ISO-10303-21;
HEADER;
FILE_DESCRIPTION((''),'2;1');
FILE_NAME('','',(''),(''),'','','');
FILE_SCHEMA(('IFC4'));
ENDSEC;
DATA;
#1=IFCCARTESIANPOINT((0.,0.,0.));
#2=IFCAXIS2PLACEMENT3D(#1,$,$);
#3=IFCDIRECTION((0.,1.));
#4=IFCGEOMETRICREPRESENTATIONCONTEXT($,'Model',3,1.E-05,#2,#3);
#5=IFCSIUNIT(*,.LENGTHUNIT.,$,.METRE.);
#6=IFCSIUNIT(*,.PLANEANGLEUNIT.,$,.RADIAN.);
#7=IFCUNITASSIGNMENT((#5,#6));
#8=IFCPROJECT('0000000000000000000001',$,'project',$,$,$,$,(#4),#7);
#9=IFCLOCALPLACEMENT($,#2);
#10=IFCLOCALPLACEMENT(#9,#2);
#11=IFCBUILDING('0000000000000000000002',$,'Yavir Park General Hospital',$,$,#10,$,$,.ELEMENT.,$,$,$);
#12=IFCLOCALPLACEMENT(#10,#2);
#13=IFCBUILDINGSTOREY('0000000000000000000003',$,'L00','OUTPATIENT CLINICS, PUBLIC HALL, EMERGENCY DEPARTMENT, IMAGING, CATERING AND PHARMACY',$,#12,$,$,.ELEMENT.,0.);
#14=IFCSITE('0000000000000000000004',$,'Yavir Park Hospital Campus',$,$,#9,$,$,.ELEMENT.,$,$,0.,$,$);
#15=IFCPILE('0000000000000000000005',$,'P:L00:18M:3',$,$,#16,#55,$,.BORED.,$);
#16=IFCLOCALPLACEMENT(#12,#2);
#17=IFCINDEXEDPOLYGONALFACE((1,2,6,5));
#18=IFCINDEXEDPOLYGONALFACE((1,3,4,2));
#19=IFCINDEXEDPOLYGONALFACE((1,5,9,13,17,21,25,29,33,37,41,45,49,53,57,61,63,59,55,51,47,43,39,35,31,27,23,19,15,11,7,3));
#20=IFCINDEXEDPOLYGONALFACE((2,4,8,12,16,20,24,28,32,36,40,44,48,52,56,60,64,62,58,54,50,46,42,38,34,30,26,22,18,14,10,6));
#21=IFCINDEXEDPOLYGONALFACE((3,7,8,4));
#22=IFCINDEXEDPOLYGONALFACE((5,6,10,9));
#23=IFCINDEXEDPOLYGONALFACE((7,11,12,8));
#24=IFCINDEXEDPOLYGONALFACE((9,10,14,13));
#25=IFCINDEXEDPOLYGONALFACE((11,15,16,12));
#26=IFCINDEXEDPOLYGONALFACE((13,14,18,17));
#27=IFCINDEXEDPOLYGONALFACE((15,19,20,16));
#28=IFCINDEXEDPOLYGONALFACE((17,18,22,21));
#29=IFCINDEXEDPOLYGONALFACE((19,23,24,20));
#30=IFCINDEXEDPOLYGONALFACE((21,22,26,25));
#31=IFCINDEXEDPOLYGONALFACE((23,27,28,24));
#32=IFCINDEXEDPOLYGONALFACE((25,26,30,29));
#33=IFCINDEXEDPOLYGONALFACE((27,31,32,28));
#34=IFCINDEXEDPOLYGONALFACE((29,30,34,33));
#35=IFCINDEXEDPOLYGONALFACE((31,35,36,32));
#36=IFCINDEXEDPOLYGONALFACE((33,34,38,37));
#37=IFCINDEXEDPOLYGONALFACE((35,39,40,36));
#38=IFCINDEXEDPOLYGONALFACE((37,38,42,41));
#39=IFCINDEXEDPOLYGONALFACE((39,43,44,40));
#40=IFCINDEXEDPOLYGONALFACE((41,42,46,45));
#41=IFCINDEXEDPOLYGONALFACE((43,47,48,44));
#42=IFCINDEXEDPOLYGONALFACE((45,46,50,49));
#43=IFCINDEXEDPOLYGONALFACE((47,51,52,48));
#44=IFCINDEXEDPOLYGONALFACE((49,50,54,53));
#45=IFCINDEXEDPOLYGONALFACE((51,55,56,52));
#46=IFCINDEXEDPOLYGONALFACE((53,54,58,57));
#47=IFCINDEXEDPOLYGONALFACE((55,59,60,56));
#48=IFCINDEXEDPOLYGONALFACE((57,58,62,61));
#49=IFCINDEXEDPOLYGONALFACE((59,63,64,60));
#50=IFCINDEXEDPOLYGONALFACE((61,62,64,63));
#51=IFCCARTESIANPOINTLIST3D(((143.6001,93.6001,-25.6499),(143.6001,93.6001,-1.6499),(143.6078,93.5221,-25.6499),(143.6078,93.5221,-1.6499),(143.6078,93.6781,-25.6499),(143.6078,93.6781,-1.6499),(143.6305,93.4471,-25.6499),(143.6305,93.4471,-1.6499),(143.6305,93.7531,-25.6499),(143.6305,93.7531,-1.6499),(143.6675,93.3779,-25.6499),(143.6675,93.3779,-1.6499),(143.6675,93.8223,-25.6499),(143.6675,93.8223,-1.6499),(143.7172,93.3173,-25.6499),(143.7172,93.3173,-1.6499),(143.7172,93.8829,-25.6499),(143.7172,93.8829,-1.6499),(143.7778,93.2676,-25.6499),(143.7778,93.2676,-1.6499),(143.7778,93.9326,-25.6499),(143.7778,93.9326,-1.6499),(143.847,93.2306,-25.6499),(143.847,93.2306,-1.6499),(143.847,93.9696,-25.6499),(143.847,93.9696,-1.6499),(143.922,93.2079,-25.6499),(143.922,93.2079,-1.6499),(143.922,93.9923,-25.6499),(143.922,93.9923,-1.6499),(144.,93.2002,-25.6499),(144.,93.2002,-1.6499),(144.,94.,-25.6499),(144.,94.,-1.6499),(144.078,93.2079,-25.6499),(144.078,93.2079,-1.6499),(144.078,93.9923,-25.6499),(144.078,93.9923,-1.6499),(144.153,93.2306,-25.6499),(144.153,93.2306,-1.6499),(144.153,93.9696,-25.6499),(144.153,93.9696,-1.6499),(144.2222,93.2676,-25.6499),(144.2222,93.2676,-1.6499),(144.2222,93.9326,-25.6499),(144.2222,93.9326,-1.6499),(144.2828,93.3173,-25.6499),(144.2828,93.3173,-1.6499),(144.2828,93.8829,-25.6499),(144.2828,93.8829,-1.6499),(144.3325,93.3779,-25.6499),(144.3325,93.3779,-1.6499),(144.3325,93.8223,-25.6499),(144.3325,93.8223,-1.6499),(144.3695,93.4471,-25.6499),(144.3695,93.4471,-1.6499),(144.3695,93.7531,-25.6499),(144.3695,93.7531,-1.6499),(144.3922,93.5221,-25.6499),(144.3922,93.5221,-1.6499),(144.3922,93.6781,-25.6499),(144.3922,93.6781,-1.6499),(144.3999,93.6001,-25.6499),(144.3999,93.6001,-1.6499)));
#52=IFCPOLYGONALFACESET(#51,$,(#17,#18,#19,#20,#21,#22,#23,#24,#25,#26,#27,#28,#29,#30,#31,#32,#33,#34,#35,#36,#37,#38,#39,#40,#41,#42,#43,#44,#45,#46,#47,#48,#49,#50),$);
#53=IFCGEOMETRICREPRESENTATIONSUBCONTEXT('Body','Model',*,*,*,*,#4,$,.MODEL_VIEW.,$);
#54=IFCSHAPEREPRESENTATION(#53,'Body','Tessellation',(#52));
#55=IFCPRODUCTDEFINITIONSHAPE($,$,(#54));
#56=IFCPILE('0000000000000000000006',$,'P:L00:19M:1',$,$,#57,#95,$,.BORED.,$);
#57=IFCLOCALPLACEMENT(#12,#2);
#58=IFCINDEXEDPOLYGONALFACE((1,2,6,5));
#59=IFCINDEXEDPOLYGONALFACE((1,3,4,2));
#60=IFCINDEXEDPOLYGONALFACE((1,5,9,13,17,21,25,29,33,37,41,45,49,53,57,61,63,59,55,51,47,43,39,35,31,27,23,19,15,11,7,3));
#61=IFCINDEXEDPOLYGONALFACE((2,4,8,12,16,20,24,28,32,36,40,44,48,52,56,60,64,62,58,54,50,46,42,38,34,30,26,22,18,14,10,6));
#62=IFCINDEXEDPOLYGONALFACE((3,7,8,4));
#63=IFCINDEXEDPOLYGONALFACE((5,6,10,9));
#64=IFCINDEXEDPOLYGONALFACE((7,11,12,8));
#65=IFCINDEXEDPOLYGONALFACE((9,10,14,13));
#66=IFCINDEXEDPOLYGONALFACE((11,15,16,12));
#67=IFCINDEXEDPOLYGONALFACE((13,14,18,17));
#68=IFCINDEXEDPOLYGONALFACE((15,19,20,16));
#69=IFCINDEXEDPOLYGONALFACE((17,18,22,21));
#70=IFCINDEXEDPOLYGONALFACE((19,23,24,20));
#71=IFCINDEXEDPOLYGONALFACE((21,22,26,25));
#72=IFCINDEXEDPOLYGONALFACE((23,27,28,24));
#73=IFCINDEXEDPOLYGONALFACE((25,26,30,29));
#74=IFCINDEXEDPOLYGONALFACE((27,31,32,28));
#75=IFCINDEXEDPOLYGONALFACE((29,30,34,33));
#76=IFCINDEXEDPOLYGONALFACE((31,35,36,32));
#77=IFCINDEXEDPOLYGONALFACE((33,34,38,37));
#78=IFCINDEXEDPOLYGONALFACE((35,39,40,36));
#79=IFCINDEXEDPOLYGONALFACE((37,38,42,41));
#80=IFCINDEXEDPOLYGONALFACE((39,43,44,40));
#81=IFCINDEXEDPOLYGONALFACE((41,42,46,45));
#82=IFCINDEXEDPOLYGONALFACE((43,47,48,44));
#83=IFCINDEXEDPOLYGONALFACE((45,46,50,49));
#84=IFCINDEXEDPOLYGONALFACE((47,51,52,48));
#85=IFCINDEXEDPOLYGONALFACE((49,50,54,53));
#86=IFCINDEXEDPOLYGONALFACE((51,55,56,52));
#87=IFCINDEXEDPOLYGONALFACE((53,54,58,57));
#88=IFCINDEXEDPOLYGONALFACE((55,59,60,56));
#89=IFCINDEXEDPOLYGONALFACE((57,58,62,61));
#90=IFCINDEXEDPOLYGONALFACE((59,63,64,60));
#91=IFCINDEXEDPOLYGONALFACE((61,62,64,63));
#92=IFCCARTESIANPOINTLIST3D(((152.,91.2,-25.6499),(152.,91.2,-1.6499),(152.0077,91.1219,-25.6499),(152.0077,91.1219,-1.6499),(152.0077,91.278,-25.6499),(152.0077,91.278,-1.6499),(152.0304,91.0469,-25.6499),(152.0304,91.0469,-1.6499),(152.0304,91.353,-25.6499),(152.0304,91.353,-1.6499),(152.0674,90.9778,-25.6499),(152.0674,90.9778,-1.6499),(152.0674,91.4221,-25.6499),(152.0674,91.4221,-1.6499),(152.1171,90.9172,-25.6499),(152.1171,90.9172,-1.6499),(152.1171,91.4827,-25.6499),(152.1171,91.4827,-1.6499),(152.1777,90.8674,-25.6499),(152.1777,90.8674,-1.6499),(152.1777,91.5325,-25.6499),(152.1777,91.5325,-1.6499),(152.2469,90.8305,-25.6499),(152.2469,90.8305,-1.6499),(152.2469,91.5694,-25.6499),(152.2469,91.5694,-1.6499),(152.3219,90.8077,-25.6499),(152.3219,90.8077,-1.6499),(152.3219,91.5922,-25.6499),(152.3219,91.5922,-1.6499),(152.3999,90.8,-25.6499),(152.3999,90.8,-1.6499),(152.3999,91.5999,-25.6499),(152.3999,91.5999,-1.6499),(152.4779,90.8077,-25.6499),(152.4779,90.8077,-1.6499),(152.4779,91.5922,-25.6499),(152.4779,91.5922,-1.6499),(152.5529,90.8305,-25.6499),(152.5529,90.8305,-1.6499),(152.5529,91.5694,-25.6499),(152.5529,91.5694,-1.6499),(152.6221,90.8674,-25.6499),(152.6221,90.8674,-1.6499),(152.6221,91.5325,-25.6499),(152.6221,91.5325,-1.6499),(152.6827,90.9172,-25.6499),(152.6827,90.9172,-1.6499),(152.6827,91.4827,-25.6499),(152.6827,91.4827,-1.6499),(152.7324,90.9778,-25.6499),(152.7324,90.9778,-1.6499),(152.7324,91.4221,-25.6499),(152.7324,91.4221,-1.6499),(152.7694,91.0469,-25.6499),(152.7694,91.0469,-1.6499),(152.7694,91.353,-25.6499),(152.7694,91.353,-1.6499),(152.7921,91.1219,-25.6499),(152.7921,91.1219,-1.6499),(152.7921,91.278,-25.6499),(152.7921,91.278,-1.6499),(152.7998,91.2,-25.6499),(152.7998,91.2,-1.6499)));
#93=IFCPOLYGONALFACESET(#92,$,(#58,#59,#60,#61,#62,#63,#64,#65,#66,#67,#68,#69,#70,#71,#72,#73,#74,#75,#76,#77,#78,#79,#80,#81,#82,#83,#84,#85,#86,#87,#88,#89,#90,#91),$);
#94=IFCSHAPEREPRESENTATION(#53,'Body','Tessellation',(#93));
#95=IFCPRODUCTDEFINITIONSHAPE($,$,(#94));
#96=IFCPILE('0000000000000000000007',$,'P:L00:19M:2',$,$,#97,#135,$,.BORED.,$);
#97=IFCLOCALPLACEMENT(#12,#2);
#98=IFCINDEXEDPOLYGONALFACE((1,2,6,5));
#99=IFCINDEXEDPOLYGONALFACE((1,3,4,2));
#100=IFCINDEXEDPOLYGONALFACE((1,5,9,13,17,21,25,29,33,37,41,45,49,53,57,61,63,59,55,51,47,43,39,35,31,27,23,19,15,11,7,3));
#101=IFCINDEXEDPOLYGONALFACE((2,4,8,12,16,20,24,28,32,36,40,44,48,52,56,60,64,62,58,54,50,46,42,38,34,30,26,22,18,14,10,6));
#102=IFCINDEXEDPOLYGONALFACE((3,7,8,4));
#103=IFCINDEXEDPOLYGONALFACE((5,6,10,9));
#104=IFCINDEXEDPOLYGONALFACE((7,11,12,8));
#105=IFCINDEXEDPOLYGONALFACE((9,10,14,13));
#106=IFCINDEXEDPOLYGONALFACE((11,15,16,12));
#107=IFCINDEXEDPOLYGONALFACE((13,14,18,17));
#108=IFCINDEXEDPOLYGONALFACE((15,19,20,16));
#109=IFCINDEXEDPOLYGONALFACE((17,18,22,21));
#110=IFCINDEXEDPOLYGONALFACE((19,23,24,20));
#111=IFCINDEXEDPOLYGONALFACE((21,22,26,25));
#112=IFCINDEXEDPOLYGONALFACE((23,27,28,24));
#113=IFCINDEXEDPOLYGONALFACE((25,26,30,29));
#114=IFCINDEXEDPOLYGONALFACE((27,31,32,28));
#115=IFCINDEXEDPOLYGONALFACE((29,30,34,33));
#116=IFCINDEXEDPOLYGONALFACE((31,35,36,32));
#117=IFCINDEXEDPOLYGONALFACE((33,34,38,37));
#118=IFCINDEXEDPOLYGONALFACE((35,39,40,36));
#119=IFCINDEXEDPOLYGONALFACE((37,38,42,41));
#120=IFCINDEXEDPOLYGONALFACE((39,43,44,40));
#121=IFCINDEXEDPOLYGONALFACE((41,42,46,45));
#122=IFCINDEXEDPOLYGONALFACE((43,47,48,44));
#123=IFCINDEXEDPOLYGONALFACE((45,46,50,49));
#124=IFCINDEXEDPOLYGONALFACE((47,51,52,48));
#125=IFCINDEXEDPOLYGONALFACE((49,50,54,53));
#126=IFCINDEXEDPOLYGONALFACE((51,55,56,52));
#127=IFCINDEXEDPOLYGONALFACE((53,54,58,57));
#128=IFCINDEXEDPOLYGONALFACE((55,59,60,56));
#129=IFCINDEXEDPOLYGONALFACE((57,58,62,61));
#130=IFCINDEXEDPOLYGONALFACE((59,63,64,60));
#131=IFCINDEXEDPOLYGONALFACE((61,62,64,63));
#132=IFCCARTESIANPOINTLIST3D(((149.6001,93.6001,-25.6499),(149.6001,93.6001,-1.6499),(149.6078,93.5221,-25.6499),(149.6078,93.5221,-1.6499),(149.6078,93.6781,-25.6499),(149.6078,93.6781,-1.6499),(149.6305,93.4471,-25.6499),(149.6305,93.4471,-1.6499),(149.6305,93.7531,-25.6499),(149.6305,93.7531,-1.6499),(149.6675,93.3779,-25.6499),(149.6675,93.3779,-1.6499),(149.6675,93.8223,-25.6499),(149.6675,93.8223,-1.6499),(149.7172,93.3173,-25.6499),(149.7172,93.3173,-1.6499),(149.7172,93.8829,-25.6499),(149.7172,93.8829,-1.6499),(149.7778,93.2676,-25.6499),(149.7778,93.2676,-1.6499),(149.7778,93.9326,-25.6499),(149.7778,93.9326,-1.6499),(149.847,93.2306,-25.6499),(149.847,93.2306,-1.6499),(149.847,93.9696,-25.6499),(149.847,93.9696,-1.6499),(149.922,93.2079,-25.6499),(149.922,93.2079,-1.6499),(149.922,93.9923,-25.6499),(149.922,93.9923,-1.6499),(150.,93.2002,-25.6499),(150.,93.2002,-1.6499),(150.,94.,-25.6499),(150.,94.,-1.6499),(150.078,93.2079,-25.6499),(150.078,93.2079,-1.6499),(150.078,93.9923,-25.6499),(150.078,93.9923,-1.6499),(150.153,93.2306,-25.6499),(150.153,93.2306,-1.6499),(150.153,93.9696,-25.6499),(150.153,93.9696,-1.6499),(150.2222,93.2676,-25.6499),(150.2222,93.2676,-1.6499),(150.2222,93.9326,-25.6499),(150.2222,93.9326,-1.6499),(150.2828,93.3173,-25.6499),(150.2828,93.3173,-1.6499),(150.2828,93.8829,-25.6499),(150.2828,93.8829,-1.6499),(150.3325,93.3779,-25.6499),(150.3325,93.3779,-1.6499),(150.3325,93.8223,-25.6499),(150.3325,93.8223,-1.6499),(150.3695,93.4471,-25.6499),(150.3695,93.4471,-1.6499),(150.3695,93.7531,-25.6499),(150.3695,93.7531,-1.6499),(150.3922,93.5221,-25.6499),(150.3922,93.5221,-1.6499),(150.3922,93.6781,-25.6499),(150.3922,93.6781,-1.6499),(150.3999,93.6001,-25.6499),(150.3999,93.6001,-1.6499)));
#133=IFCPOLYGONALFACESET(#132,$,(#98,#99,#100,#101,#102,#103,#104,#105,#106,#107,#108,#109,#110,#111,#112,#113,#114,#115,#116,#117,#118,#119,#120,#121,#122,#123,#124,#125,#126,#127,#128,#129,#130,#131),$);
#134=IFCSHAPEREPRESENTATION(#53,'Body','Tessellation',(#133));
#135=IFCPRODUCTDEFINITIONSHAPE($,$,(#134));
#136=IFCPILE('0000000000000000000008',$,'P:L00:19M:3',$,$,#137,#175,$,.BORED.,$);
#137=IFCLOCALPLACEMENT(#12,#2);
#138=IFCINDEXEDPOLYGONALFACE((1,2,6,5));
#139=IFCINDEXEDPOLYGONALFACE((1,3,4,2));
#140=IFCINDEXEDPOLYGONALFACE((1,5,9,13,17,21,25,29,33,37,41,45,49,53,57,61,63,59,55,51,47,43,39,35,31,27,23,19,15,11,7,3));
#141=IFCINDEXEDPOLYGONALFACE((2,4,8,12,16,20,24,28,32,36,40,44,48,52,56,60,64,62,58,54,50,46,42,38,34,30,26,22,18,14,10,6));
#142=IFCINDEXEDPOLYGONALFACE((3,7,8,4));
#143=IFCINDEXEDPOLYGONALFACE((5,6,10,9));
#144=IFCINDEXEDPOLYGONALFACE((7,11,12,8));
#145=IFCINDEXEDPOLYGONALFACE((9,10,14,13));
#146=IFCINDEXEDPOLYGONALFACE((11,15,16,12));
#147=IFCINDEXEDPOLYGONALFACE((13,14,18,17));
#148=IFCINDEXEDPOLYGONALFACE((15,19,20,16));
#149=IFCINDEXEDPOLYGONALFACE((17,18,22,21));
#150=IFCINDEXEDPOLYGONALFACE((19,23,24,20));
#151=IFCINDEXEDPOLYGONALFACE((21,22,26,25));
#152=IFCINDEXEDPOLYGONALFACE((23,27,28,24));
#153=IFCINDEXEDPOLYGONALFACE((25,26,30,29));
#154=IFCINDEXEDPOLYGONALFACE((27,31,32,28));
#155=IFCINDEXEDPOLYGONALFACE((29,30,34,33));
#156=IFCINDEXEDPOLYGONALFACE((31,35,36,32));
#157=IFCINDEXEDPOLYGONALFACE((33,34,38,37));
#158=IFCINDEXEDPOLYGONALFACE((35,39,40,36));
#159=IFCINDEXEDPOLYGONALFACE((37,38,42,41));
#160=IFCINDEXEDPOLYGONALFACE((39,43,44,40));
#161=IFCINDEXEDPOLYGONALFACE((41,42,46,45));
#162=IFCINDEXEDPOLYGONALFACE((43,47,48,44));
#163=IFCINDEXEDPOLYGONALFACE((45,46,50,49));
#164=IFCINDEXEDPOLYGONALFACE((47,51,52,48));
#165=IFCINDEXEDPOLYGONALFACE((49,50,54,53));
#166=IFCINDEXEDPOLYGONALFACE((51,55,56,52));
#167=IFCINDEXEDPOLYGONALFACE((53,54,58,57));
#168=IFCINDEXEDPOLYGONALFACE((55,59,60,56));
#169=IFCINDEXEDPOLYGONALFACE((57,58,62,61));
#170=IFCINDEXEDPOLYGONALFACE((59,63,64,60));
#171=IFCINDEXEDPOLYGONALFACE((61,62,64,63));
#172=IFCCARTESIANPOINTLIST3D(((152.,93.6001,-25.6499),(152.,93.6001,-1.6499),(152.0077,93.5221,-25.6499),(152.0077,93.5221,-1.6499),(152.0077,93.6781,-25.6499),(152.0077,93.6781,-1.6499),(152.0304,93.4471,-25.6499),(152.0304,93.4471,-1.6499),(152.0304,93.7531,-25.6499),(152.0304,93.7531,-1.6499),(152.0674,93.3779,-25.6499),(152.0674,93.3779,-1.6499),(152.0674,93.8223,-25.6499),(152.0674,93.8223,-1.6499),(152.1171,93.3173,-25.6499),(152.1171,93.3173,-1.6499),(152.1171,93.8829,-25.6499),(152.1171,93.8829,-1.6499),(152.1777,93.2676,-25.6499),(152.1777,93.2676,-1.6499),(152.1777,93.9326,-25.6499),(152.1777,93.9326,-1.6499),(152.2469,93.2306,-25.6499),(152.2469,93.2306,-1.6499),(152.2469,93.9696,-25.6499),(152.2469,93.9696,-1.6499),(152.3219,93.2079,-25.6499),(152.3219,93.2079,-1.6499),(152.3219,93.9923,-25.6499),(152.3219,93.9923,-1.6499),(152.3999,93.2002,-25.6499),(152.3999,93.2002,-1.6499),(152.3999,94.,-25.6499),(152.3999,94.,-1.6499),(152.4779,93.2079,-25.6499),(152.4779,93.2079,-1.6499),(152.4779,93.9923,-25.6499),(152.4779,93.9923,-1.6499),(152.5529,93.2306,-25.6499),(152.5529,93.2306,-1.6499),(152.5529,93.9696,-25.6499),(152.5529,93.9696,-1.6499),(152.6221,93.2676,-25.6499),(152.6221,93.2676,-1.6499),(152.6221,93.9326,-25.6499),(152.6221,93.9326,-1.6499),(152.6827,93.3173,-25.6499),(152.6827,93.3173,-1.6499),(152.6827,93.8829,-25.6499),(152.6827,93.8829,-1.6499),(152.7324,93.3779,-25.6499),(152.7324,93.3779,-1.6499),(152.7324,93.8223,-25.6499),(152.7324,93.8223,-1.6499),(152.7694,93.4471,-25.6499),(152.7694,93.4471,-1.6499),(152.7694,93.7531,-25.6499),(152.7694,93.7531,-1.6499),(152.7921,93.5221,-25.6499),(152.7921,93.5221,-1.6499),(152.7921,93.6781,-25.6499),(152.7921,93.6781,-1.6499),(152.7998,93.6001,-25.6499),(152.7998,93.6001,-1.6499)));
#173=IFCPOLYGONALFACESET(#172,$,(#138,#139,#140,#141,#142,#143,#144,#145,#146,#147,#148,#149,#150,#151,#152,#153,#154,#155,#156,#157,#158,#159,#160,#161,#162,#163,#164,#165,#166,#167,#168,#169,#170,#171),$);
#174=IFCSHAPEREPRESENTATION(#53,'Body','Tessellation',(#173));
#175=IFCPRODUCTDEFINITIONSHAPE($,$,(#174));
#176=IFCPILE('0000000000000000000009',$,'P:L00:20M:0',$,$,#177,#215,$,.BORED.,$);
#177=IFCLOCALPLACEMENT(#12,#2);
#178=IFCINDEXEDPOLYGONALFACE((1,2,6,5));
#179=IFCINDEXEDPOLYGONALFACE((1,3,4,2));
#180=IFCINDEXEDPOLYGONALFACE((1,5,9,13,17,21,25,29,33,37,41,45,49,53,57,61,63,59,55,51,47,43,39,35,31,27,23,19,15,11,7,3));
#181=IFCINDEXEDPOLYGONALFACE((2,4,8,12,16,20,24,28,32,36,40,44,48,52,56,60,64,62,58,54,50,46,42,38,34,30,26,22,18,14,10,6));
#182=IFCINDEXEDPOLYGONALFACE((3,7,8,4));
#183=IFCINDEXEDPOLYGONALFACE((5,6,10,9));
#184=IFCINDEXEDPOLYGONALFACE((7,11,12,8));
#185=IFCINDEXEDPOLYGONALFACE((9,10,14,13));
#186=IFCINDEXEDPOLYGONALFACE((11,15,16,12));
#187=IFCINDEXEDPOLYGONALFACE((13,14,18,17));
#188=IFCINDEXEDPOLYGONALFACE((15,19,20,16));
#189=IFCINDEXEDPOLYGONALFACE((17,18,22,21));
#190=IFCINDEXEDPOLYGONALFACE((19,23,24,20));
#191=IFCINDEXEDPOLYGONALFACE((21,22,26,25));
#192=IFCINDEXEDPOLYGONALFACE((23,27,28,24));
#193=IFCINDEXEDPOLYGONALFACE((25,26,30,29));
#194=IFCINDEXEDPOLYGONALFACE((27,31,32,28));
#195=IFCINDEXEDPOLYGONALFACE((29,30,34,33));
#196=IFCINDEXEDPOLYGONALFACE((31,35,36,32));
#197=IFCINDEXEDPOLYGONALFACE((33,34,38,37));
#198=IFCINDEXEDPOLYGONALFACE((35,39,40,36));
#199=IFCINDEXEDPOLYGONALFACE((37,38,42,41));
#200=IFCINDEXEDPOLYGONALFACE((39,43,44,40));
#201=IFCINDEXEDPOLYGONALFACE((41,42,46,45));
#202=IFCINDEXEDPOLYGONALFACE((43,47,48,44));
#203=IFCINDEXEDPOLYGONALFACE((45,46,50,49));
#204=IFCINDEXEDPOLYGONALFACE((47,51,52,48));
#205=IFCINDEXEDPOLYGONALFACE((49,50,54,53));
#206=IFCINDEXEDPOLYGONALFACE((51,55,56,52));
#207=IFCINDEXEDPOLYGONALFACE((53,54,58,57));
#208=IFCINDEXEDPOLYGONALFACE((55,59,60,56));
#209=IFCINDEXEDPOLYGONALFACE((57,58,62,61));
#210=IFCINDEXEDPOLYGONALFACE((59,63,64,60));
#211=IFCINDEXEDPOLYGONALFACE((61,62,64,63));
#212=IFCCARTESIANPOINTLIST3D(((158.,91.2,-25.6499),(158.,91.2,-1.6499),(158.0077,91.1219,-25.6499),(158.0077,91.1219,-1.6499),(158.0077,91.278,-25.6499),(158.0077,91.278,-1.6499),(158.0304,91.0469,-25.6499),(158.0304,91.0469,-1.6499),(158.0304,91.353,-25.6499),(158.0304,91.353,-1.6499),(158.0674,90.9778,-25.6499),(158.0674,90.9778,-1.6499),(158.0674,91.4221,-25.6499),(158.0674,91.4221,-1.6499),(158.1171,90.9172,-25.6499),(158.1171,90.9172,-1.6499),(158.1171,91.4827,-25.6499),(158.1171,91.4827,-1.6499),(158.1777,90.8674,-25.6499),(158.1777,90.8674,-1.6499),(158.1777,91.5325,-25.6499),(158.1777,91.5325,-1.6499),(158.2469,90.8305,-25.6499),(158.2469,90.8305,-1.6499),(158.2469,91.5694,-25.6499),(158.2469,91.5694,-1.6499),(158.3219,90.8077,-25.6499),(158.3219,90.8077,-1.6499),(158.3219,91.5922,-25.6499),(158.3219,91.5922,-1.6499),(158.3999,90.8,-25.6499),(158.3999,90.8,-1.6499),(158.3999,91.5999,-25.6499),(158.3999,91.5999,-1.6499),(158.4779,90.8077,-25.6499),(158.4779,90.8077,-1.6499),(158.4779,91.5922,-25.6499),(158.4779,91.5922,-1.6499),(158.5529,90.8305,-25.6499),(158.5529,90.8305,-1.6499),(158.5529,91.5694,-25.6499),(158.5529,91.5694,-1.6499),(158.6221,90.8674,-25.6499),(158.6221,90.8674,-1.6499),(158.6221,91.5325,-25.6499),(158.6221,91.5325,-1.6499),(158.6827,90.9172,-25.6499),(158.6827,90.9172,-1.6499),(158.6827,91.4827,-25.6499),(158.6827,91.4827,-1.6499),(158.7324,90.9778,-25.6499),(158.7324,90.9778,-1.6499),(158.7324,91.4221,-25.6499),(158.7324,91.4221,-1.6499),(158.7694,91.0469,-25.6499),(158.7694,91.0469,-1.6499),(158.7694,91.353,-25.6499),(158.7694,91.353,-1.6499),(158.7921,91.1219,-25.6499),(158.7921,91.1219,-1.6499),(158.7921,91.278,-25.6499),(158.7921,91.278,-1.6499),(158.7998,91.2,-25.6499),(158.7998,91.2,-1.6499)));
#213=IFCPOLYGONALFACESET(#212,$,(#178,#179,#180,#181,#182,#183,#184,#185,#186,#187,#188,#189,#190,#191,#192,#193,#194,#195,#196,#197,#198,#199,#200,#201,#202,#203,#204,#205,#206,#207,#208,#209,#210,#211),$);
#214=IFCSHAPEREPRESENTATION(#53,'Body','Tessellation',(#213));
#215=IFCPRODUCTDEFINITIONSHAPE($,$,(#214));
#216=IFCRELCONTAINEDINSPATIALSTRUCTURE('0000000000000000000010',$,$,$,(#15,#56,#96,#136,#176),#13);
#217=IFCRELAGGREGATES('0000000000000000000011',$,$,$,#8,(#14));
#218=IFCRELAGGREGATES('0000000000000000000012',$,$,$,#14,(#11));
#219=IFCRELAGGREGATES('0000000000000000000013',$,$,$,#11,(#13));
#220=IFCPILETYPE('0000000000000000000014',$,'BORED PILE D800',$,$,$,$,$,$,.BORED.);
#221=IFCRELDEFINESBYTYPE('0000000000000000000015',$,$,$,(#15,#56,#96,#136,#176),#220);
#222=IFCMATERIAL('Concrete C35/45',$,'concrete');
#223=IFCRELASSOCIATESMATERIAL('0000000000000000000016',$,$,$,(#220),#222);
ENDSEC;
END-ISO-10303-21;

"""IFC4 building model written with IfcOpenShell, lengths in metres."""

from ifc_helpers import new_model, si_unit, direction, frame, origin, origin_2d, place, context, subcontext, project, spatial, circle, extrude, material, material_profile, profile_set, type_object, element, save


model = new_model("IFC4")

# Units and contexts
model_context = context("Model", 3, precision=1e-05, world=origin(), true_north=direction((0.0, 1.0)))
body_context = subcontext(model_context, "Body", "Model", "MODEL_VIEW")
ifc_project = project(units=[si_unit("LENGTHUNIT", "METRE"), si_unit("PLANEANGLEUNIT", "RADIAN")], contexts=[model_context])

# Site, building, storey
site_placement = place(None, origin())
site = spatial("IfcSite", under=ifc_project, at=site_placement, Name="Yavir Park Hospital Campus", CompositionType="ELEMENT", RefElevation=0.0)
building_placement = place(site_placement, origin())
building = spatial("IfcBuilding", under=site, at=building_placement, Name="Yavir Park General Hospital", CompositionType="ELEMENT")
storey_placement = place(building_placement, origin())
storey = spatial("IfcBuildingStorey", under=building, at=storey_placement, Name="L00", Description="OUTPATIENT CLINICS, PUBLIC HALL, EMERGENCY DEPARTMENT, IMAGING, CATERING AND PHARMACY", CompositionType="ELEMENT", Elevation=0.0)

# Piles
ifc_material_1 = material(Name="Concrete C35/45", Category="concrete")
ifc_material_profile_1 = material_profile(ifc_material_1, circle(Radius=0.3999, at=origin_2d()), Name="D800")
ifc_profile_set_1 = profile_set([ifc_material_profile_1], Name="Concrete C35/45")
pile_type = type_object("IfcPileType", Name="BORED PILE D800", PredefinedType="BORED", material=ifc_profile_set_1)
for number, where, z_axis, x_axis, name in (
    (1, (144.0, 93.6001, -1.6499), (0.0, 0.0, -1.0), (1.0, 0.0, 0.0), "P:L00:18M:3"),
    (2, (152.3999, 91.2, -1.6499), (0.0, 0.0, -1.0), (1.0, 0.0, 0.0), "P:L00:19M:1"),
    (3, (150.0, 93.6001, -1.6499), (0.0, 0.0, -1.0), (1.0, 0.0, 0.0), "P:L00:19M:2"),
    (4, (152.3999, 93.6001, -1.6499), (0.0, 0.0, -1.0), (1.0, 0.0, 0.0), "P:L00:19M:3"),
    (5, (158.3999, 91.2, -1.6499), (0.0, 0.0, -1.0), (1.0, 0.0, 0.0), "P:L00:20M:0"),
):
    element("IfcPile", number, at=place(storey_placement, frame(where, z_axis=z_axis, x_axis=x_axis)), inside=storey, type_object=pile_type, Name=name, PredefinedType="BORED", context=body_context, shape_type="SweptSolid", body=[
        extrude(circle(Radius=0.3999, at=origin_2d()), origin(), (0.0, 0.0, 1.0), 24.0),
    ])

save(model, "model.ifc")
